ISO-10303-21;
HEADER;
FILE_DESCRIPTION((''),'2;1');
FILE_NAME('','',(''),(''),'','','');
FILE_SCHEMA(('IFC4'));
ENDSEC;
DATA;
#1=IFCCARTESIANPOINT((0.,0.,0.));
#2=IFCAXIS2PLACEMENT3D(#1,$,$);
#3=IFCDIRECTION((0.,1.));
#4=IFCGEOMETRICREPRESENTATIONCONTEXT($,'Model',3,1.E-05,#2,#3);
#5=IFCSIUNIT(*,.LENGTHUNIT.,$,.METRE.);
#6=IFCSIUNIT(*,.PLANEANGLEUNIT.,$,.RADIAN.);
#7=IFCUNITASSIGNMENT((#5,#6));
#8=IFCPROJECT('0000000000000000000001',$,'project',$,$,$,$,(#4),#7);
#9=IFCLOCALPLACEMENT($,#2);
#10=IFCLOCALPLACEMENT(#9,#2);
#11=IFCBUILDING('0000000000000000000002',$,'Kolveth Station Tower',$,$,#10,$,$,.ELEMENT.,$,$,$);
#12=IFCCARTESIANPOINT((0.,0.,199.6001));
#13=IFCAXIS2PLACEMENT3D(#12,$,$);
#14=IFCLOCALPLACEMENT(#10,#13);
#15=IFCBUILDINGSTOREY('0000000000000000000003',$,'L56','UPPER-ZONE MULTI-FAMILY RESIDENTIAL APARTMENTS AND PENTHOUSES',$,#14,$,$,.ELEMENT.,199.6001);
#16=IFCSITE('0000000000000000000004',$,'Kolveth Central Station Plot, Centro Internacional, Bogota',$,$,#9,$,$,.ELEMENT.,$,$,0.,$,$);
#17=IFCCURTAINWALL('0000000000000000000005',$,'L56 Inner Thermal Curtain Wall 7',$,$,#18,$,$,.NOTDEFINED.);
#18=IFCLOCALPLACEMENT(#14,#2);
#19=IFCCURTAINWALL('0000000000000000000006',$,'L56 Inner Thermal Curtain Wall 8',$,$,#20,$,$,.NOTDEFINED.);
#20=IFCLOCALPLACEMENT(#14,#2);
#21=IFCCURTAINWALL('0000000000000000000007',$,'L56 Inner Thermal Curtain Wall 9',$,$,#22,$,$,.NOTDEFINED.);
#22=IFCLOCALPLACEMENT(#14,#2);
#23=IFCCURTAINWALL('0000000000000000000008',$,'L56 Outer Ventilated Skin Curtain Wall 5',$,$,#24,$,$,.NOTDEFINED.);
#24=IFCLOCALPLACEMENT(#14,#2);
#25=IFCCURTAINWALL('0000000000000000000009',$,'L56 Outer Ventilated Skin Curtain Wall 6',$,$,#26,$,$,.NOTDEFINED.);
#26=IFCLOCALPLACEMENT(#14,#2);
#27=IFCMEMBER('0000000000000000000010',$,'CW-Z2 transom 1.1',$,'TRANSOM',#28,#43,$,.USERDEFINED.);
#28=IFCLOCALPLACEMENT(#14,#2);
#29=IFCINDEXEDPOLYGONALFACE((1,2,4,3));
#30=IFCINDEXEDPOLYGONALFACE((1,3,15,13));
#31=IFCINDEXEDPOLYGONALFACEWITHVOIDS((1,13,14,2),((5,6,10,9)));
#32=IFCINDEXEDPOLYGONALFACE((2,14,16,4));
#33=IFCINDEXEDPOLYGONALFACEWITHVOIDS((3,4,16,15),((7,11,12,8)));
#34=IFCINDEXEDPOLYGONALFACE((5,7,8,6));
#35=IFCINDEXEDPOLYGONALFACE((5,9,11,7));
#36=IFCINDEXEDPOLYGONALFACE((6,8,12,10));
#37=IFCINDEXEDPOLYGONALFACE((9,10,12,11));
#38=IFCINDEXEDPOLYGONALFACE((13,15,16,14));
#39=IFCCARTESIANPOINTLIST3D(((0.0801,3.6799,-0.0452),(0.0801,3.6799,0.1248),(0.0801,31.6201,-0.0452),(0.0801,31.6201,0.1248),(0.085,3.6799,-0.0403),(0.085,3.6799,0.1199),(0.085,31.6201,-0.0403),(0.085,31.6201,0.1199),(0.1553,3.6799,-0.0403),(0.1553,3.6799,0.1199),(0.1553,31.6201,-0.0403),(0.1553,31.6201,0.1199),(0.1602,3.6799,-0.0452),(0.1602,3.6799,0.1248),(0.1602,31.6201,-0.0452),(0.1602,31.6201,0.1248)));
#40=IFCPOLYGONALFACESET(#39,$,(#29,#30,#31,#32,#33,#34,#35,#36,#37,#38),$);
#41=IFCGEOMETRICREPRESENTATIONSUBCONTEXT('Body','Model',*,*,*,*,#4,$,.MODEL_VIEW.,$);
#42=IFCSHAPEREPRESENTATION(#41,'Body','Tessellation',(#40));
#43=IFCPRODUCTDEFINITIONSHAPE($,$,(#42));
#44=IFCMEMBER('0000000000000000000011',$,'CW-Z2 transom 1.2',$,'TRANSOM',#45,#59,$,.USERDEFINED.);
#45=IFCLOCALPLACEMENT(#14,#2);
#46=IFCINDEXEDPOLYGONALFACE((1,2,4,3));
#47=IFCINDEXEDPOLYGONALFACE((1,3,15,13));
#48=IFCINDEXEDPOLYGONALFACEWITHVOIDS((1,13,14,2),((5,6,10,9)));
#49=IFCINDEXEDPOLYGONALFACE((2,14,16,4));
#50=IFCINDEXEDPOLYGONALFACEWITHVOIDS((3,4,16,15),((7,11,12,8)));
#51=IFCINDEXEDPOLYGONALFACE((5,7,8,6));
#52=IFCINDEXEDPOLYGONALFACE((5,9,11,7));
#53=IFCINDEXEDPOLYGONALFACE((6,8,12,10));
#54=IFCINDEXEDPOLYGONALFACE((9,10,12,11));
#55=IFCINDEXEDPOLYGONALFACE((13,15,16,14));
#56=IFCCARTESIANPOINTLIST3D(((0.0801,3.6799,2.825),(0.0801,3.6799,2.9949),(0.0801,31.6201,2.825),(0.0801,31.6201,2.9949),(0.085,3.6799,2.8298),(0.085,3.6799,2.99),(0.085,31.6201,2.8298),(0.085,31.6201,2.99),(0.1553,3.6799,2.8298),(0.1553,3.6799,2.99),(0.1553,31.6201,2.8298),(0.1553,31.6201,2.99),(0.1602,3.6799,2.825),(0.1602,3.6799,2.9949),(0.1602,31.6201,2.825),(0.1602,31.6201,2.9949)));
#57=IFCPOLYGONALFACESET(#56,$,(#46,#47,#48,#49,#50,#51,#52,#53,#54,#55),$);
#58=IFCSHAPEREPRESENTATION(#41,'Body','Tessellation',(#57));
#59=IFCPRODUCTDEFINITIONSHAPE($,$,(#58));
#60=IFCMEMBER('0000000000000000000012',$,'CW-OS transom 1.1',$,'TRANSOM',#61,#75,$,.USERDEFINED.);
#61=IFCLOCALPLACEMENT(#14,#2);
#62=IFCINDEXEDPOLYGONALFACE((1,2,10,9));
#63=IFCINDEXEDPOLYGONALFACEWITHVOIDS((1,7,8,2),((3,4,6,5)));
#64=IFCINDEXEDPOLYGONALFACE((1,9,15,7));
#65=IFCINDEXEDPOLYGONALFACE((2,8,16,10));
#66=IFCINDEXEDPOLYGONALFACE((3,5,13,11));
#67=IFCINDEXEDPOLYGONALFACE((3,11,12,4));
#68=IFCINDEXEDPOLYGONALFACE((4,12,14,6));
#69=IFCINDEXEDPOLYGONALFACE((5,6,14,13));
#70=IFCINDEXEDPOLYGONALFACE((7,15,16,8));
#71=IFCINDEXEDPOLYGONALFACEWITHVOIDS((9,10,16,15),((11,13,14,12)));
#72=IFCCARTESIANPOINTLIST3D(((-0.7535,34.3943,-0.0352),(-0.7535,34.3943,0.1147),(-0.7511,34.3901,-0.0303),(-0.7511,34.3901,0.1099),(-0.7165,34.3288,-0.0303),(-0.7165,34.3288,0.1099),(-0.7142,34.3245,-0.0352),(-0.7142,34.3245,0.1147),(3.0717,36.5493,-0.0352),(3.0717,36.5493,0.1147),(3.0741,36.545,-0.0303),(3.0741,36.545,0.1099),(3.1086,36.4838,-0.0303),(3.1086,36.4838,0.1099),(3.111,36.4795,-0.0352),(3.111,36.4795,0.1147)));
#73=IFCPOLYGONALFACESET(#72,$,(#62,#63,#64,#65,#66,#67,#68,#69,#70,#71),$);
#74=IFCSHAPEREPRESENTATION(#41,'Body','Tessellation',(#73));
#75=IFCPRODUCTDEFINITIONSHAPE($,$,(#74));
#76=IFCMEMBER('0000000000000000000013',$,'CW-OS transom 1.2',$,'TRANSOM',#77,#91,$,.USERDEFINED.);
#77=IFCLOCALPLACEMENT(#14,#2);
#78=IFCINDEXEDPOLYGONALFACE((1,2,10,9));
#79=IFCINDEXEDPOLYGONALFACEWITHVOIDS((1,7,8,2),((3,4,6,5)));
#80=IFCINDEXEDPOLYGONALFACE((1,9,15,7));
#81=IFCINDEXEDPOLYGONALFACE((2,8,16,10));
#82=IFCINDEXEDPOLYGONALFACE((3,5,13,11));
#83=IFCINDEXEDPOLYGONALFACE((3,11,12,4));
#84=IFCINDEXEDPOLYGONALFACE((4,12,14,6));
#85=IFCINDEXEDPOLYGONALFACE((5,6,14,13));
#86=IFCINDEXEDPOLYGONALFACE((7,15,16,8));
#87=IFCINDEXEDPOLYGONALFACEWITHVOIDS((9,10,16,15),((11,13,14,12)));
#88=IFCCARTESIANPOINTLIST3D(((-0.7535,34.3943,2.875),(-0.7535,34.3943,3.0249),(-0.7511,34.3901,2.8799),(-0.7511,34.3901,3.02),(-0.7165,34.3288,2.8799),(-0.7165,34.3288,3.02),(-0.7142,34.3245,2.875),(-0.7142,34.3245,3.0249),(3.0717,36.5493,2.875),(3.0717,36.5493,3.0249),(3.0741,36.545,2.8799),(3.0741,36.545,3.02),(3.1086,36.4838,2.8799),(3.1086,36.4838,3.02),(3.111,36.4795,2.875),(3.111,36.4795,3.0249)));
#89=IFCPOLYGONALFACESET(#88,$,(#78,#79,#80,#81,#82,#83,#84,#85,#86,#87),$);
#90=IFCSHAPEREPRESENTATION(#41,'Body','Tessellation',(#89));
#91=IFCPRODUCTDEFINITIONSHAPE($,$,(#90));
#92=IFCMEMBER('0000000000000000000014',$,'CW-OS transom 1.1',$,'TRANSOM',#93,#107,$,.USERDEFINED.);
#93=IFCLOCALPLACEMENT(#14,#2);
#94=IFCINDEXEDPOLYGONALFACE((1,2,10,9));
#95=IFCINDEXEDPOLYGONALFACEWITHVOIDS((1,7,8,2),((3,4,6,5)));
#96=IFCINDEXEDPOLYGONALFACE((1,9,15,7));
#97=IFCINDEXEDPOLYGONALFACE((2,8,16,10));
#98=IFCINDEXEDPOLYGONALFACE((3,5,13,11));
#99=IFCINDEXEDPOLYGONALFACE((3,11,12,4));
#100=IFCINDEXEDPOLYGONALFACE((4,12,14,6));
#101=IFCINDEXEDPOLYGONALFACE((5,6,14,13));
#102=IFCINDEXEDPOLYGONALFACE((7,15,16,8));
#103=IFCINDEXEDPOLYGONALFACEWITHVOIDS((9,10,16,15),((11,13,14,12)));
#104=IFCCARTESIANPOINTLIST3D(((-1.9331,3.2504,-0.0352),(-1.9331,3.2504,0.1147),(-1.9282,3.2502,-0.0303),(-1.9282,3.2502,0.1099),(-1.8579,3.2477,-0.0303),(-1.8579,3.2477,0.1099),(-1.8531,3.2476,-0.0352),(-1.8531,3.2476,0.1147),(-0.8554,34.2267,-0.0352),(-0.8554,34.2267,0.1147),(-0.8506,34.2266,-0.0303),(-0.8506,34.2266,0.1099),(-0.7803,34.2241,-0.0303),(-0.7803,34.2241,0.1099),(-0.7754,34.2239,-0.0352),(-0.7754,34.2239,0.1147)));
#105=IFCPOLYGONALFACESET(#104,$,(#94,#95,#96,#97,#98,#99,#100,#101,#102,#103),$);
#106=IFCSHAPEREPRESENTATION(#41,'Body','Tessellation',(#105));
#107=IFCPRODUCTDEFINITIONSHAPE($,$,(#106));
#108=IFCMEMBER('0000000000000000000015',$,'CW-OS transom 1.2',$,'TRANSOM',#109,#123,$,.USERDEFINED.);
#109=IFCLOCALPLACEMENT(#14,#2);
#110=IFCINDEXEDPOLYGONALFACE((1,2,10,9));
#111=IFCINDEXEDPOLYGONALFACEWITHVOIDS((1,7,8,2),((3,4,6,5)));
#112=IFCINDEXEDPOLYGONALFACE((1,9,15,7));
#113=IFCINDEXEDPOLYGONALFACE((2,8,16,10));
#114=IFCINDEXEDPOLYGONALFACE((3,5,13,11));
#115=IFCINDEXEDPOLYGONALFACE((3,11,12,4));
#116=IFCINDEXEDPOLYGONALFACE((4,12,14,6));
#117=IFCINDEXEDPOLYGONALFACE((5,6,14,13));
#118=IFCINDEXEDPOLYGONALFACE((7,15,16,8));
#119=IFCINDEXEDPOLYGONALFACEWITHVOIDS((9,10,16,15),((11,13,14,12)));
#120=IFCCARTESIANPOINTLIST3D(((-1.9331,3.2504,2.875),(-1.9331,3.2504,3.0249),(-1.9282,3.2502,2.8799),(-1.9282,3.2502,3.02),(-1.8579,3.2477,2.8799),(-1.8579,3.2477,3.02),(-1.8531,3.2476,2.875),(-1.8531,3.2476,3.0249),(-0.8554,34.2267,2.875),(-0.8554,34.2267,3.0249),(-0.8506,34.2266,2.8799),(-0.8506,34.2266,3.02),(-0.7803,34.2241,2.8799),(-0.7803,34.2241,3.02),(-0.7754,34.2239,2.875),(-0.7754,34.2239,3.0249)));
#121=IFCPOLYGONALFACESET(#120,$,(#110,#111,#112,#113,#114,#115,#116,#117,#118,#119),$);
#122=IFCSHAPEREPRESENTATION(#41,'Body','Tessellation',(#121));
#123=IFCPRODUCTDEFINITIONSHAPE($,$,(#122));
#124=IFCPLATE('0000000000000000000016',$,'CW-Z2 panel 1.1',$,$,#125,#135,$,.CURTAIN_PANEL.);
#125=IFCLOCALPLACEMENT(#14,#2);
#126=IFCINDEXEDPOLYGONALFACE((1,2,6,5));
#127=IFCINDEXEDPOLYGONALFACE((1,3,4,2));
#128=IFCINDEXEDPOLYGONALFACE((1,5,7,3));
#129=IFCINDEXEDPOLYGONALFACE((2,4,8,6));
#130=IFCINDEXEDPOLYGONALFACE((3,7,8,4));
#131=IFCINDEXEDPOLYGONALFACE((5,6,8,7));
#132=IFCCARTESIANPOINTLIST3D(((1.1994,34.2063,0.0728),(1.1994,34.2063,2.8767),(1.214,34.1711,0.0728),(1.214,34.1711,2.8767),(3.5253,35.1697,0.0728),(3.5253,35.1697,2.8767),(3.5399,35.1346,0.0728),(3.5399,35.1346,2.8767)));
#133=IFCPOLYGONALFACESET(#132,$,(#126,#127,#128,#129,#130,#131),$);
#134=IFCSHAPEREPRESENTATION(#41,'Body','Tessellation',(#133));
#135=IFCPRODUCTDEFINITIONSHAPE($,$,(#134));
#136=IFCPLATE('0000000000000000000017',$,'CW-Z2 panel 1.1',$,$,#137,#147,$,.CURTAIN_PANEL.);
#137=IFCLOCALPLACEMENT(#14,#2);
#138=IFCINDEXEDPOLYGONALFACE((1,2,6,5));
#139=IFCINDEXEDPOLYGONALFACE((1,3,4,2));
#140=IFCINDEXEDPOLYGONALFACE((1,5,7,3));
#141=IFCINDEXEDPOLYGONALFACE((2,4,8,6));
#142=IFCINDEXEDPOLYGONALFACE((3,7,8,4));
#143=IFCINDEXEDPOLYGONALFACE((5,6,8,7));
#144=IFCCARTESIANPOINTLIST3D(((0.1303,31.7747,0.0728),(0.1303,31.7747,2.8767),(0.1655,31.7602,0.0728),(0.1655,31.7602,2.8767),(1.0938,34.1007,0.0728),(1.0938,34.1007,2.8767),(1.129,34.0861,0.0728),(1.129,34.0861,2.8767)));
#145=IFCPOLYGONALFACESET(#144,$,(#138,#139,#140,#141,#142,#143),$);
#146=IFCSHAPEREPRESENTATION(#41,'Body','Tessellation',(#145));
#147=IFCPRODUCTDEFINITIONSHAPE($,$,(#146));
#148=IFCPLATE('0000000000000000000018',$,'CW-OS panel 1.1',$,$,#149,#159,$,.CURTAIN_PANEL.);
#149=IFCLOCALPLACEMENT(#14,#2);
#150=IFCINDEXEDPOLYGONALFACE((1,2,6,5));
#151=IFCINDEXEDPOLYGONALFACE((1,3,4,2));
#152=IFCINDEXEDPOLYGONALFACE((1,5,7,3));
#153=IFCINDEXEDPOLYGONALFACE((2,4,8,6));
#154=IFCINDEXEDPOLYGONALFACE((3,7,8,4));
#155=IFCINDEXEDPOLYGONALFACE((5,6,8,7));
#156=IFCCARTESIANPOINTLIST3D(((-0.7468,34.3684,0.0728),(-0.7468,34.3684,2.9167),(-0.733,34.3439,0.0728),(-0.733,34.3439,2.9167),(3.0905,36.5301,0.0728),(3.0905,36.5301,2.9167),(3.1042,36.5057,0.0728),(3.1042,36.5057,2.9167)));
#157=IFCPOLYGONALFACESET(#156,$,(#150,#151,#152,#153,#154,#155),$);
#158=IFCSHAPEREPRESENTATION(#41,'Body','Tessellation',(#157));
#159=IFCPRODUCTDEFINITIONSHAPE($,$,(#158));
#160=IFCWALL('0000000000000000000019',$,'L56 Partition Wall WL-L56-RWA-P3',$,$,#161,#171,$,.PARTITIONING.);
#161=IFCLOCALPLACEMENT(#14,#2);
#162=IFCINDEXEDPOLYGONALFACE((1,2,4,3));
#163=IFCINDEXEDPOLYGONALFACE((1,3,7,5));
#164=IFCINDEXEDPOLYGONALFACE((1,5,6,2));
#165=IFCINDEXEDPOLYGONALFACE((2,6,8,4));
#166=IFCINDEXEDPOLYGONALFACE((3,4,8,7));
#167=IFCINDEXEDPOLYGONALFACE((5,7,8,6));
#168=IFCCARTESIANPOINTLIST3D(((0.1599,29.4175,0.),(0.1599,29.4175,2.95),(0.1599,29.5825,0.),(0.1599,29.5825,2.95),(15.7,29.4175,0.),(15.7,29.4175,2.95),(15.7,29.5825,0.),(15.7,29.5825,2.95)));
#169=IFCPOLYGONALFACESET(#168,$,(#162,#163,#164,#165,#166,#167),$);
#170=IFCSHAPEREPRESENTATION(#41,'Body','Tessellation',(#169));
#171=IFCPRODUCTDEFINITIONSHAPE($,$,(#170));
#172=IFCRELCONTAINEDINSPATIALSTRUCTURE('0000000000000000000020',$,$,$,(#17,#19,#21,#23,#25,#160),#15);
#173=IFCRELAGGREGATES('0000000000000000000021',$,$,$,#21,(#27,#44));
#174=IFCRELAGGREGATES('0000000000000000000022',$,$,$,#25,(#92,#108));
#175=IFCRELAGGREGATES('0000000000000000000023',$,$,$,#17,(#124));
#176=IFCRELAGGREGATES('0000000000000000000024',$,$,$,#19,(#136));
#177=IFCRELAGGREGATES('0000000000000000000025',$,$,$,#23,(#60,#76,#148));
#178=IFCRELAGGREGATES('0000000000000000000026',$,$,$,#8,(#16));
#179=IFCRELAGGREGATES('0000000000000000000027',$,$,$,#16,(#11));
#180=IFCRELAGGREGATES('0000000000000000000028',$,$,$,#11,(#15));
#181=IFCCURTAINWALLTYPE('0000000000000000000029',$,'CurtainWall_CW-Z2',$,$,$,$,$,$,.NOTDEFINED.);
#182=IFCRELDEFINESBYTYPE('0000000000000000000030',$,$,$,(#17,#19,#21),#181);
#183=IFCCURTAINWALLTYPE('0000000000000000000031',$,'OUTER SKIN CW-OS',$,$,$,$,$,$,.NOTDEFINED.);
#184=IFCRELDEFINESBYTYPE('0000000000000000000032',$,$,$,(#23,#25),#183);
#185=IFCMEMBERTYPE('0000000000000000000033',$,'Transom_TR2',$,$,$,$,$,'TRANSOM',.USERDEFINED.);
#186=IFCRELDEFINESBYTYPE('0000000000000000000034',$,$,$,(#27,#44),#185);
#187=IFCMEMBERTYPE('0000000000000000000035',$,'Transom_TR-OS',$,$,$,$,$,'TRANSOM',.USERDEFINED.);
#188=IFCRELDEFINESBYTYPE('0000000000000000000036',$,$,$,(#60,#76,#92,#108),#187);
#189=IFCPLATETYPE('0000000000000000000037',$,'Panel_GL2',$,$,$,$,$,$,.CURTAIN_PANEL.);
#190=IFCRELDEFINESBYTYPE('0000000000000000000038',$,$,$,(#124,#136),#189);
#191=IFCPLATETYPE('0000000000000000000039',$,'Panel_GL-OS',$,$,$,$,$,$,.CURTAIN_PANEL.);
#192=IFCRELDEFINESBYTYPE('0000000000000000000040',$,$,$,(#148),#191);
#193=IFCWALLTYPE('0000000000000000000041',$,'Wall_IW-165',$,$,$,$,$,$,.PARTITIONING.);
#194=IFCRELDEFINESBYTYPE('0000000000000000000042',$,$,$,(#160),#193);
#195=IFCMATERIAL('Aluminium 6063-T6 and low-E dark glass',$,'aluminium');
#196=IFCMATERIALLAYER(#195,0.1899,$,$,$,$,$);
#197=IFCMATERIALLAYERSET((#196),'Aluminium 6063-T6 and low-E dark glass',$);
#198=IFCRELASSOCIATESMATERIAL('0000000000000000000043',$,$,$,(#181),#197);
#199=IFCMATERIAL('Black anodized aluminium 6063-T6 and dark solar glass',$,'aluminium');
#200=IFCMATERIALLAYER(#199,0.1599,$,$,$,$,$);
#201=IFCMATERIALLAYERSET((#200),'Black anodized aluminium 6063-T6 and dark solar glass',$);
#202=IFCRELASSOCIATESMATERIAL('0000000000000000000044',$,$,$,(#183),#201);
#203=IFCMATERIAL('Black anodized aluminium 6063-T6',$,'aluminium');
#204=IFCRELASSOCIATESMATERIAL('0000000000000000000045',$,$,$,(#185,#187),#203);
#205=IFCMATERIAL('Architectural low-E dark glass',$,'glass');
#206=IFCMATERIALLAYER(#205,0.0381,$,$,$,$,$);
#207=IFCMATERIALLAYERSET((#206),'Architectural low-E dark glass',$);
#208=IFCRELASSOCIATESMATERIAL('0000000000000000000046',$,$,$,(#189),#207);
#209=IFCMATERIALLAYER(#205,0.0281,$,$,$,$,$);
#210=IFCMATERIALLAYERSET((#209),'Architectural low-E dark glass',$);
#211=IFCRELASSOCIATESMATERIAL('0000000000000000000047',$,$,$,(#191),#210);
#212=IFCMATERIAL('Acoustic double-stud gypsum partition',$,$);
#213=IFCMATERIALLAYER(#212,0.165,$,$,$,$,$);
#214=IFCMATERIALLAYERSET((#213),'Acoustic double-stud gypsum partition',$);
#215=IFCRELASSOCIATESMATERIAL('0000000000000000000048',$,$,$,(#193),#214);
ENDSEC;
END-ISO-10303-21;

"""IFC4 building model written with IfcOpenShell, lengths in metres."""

from ifc_helpers import new_model, si_unit, direction, frame, frame_2d, origin, origin_2d, place, context, subcontext, project, spatial, rectangle, hollow_rectangle, extrude, source, transform, mapped, material, layer, layer_set, material_profile, profile_set, type_object, element, aggregate, save


model = new_model("IFC4")

# Units and contexts
model_context = context("Model", 3, precision=1e-05, world=origin(), true_north=direction((0.0, 1.0)))
body_context = subcontext(model_context, "Body", "Model", "MODEL_VIEW")
ifc_project = project(units=[si_unit("LENGTHUNIT", "METRE"), si_unit("PLANEANGLEUNIT", "RADIAN")], contexts=[model_context])

# Site, building, storey
site_placement = place(None, origin())
site = spatial("IfcSite", under=ifc_project, at=site_placement, Name="Kolveth Central Station Plot, Centro Internacional, Bogota", CompositionType="ELEMENT", RefElevation=0.0)
building_placement = place(site_placement, origin())
building = spatial("IfcBuilding", under=site, at=building_placement, Name="Kolveth Station Tower", CompositionType="ELEMENT")
storey_placement = place(building_placement, frame((0.0, 0.0, 199.6001)))
storey = spatial("IfcBuildingStorey", under=building, at=storey_placement, Name="L56", Description="UPPER-ZONE MULTI-FAMILY RESIDENTIAL APARTMENTS AND PENTHOUSES", CompositionType="ELEMENT", Elevation=199.6001)

# Curtain wall
ifc_material_1 = material(Name="Aluminium 6063-T6 and low-E dark glass", Category="aluminium")
ifc_layer_1 = layer(ifc_material_1, 0.1899)
ifc_layer_set_1 = layer_set([ifc_layer_1], Name="Aluminium 6063-T6 and low-E dark glass")
curtain_wall_type_1 = type_object("IfcCurtainWallType", Name="CurtainWall_CW-Z2", PredefinedType="NOTDEFINED", material=ifc_layer_set_1)
curtain_wall_1_placement = place(storey_placement, origin())
curtain_wall_1 = element("IfcCurtainWall", 1, at=curtain_wall_1_placement, inside=storey, type_object=curtain_wall_type_1, Name="L56 Inner Thermal Curtain Wall 7", PredefinedType="NOTDEFINED")
ifc_material_2 = material(Name="Black anodized aluminium 6063-T6", Category="aluminium")

# Curtain wall
curtain_wall_2_placement = place(storey_placement, origin())
curtain_wall_2 = element("IfcCurtainWall", 2, at=curtain_wall_2_placement, inside=storey, type_object=curtain_wall_type_1, Name="L56 Inner Thermal Curtain Wall 8", PredefinedType="NOTDEFINED")

# Curtain wall
curtain_wall_3_placement = place(storey_placement, origin())
curtain_wall_3 = element("IfcCurtainWall", 3, at=curtain_wall_3_placement, inside=storey, type_object=curtain_wall_type_1, Name="L56 Inner Thermal Curtain Wall 9", PredefinedType="NOTDEFINED")
ifc_material_3 = material(Name="Black anodized aluminium 6063-T6 and dark solar glass", Category="aluminium")
ifc_layer_2 = layer(ifc_material_3, 0.1599)
ifc_layer_set_2 = layer_set([ifc_layer_2], Name="Black anodized aluminium 6063-T6 and dark solar glass")
curtain_wall_type_2 = type_object("IfcCurtainWallType", Name="OUTER SKIN CW-OS", PredefinedType="NOTDEFINED", material=ifc_layer_set_2)

# Curtain wall
curtain_wall_4_placement = place(storey_placement, origin())
curtain_wall_4 = element("IfcCurtainWall", 4, at=curtain_wall_4_placement, inside=storey, type_object=curtain_wall_type_2, Name="L56 Outer Ventilated Skin Curtain Wall 5", PredefinedType="NOTDEFINED")

# Curtain wall
curtain_wall_5_placement = place(storey_placement, origin())
curtain_wall_5 = element("IfcCurtainWall", 5, at=curtain_wall_5_placement, inside=storey, type_object=curtain_wall_type_2, Name="L56 Outer Ventilated Skin Curtain Wall 6", PredefinedType="NOTDEFINED")

# Members
ifc_material_profile_1 = material_profile(ifc_material_2, hollow_rectangle(XDim=0.0801, YDim=0.1699, WallThickness=0.0049, at=origin_2d()), Name="ALU-80x170x5")
ifc_profile_set_1 = profile_set([ifc_material_profile_1], Name="Black anodized aluminium 6063-T6")
member_type_1 = type_object("IfcMemberType", Name="Transom_TR2", ElementType="TRANSOM", PredefinedType="USERDEFINED", material=ifc_profile_set_1)
shared_shape_1 = source(origin(), body_context, "Body", "SweptSolid", [
    extrude(hollow_rectangle(XDim=0.0801, YDim=0.1699, WallThickness=0.0049, at=origin_2d()), origin(), (0.0, 0.0, 1.0), 27.9402),
])
member_1_placement = place(storey_placement, frame((0.1201, 31.6201, 0.0398), z_axis=(0.0, -1.0, 0.0), x_axis=(1.0, 0.0, 0.0)))
member_1 = element("IfcMember", 6, at=member_1_placement, type_object=member_type_1, Name="CW-Z2 transom 1.1", ObjectType="TRANSOM", PredefinedType="USERDEFINED", context=body_context, shape_type="MappedRepresentation", body=[
    mapped(shared_shape_1, transform((0.0, 0.0, 0.0), x_axis=(1.0, 0.0, 0.0), y_axis=(0.0, 1.0, 0.0), z_axis=(0.0, 0.0, 1.0), scale=1.0)),
])
member_2_placement = place(storey_placement, frame((0.1201, 31.6201, 2.9099), z_axis=(0.0, -1.0, 0.0), x_axis=(1.0, 0.0, 0.0)))
member_2 = element("IfcMember", 7, at=member_2_placement, type_object=member_type_1, Name="CW-Z2 transom 1.2", ObjectType="TRANSOM", PredefinedType="USERDEFINED", context=body_context, shape_type="MappedRepresentation", body=[
    mapped(shared_shape_1, transform((0.0, 0.0, 0.0), x_axis=(1.0, 0.0, 0.0), y_axis=(0.0, 1.0, 0.0), z_axis=(0.0, 0.0, 1.0), scale=1.0)),
])
aggregate(curtain_wall_3, [member_1, member_2])
ifc_material_profile_2 = material_profile(ifc_material_2, hollow_rectangle(XDim=0.0801, YDim=0.1499, WallThickness=0.0049, at=origin_2d()), Name="ALU-80x150x5")
ifc_profile_set_2 = profile_set([ifc_material_profile_2], Name="Black anodized aluminium 6063-T6")
member_type_2 = type_object("IfcMemberType", Name="Transom_TR-OS", ElementType="TRANSOM", PredefinedType="USERDEFINED", material=ifc_profile_set_2)
shared_shape_2 = source(origin(), body_context, "Body", "SweptSolid", [
    extrude(hollow_rectangle(XDim=0.0801, YDim=0.1499, WallThickness=0.0049, at=origin_2d()), origin(), (0.0, 0.0, 1.0), 4.3904),
])
member_3_placement = place(storey_placement, frame((3.0913, 36.5144, 0.0398), z_axis=(-0.871249, -0.490842, 0.0), x_axis=(0.490842, -0.871249, 0.0)))
member_3 = element("IfcMember", 8, at=member_3_placement, type_object=member_type_2, Name="CW-OS transom 1.1", ObjectType="TRANSOM", PredefinedType="USERDEFINED", context=body_context, shape_type="MappedRepresentation", body=[
    mapped(shared_shape_2, transform((0.0, 0.0, 0.0), x_axis=(1.0, 0.0, 0.0), y_axis=(0.0, 1.0, 0.0), z_axis=(0.0, 0.0, 1.0), scale=1.0)),
])
member_4_placement = place(storey_placement, frame((3.0913, 36.5144, 2.95), z_axis=(-0.871249, -0.490842, 0.0), x_axis=(0.490842, -0.871249, 0.0)))
member_4 = element("IfcMember", 9, at=member_4_placement, type_object=member_type_2, Name="CW-OS transom 1.2", ObjectType="TRANSOM", PredefinedType="USERDEFINED", context=body_context, shape_type="MappedRepresentation", body=[
    mapped(shared_shape_2, transform((0.0, 0.0, 0.0), x_axis=(1.0, 0.0, 0.0), y_axis=(0.0, 1.0, 0.0), z_axis=(0.0, 0.0, 1.0), scale=1.0)),
])
shared_shape_3 = source(origin(), body_context, "Body", "SweptSolid", [
    extrude(hollow_rectangle(XDim=0.0801, YDim=0.1499, WallThickness=0.0049, at=origin_2d()), origin(), (0.0, 0.0, 1.0), 30.9951),
])
member_5_placement = place(storey_placement, frame((-0.8154, 34.2253, 0.0398), z_axis=(-0.034768, -0.999395, 0.0), x_axis=(0.999395, -0.034768, 0.0)))
member_5 = element("IfcMember", 10, at=member_5_placement, type_object=member_type_2, Name="CW-OS transom 1.1", ObjectType="TRANSOM", PredefinedType="USERDEFINED", context=body_context, shape_type="MappedRepresentation", body=[
    mapped(shared_shape_3, transform((0.0, 0.0, 0.0), x_axis=(1.0, 0.0, 0.0), y_axis=(0.0, 1.0, 0.0), z_axis=(0.0, 0.0, 1.0), scale=1.0)),
])
member_6_placement = place(storey_placement, frame((-0.8154, 34.2253, 2.95), z_axis=(-0.034768, -0.999395, 0.0), x_axis=(0.999395, -0.034768, 0.0)))
member_6 = element("IfcMember", 11, at=member_6_placement, type_object=member_type_2, Name="CW-OS transom 1.2", ObjectType="TRANSOM", PredefinedType="USERDEFINED", context=body_context, shape_type="MappedRepresentation", body=[
    mapped(shared_shape_3, transform((0.0, 0.0, 0.0), x_axis=(1.0, 0.0, 0.0), y_axis=(0.0, 1.0, 0.0), z_axis=(0.0, 0.0, 1.0), scale=1.0)),
])
aggregate(curtain_wall_5, [member_5, member_6])

# Plates
ifc_material_4 = material(Name="Architectural low-E dark glass", Category="glass")
ifc_layer_3 = layer(ifc_material_4, 0.0381)
ifc_layer_set_3 = layer_set([ifc_layer_3], Name="Architectural low-E dark glass")
plate_type_1 = type_object("IfcPlateType", Name="Panel_GL2", PredefinedType="CURTAIN_PANEL", material=ifc_layer_set_3)
shared_shape_4 = source(origin(), body_context, "Body", "SweptSolid", [
    extrude(rectangle(XDim=2.5176, YDim=0.0381, at=origin_2d()), origin(), (0.0, 0.0, 1.0), 2.804),
])
plate_1_placement = place(storey_placement, frame((2.3696, 34.6704, 0.0728), z_axis=(0.0, 0.0, 1.0), x_axis=(-0.923874, -0.382698, 0.0)))
plate_1 = element("IfcPlate", 12, at=plate_1_placement, type_object=plate_type_1, Name="CW-Z2 panel 1.1", PredefinedType="CURTAIN_PANEL", context=body_context, shape_type="MappedRepresentation", body=[
    mapped(shared_shape_4, transform((0.0, 0.0, 0.0), x_axis=(1.0, 0.0, 0.0), y_axis=(0.0, 1.0, 0.0), z_axis=(0.0, 0.0, 1.0), scale=1.0)),
])
aggregate(curtain_wall_1, [plate_1])
plate_2_placement = place(storey_placement, frame((0.6296, 32.9304, 0.0728), z_axis=(0.0, 0.0, 1.0), x_axis=(-0.382698, -0.923874, 0.0)))
plate_2 = element("IfcPlate", 13, at=plate_2_placement, type_object=plate_type_1, Name="CW-Z2 panel 1.1", PredefinedType="CURTAIN_PANEL", context=body_context, shape_type="MappedRepresentation", body=[
    mapped(shared_shape_4, transform((0.0, 0.0, 0.0), x_axis=(1.0, 0.0, 0.0), y_axis=(0.0, 1.0, 0.0), z_axis=(0.0, 0.0, 1.0), scale=1.0)),
])
aggregate(curtain_wall_2, [plate_2])
ifc_layer_4 = layer(ifc_material_4, 0.0281)
ifc_layer_set_4 = layer_set([ifc_layer_4], Name="Architectural low-E dark glass")
plate_type_2 = type_object("IfcPlateType", Name="Panel_GL-OS", PredefinedType="CURTAIN_PANEL", material=ifc_layer_set_4)
shared_shape_5 = source(origin(), body_context, "Body", "SweptSolid", [
    extrude(rectangle(XDim=4.4043, YDim=0.0281, at=origin_2d()), origin(), (0.0, 0.0, 1.0), 2.844),
])
plate_3_placement = place(storey_placement, frame((1.1787, 35.437, 0.0728), z_axis=(0.0, 0.0, 1.0), x_axis=(-0.871255, -0.49083, 0.0)))
plate_3 = element("IfcPlate", 14, at=plate_3_placement, type_object=plate_type_2, Name="CW-OS panel 1.1", PredefinedType="CURTAIN_PANEL", context=body_context, shape_type="MappedRepresentation", body=[
    mapped(shared_shape_5, transform((0.0, 0.0, 0.0), x_axis=(1.0, 0.0, 0.0), y_axis=(0.0, 1.0, 0.0), z_axis=(0.0, 0.0, 1.0), scale=1.0)),
])
aggregate(curtain_wall_4, [member_3, member_4, plate_3])

# Wall
ifc_material_5 = material(Name="Acoustic double-stud gypsum partition")
ifc_layer_5 = layer(ifc_material_5, 0.165)
ifc_layer_set_5 = layer_set([ifc_layer_5], Name="Acoustic double-stud gypsum partition")
wall_type = type_object("IfcWallType", Name="Wall_IW-165", PredefinedType="PARTITIONING", material=ifc_layer_set_5)
wall_placement = place(storey_placement, frame((0.1599, 29.5, 0.0), z_axis=(0.0, 0.0, 1.0), x_axis=(1.0, 0.0, 0.0)))
element("IfcWall", 15, at=wall_placement, inside=storey, type_object=wall_type, Name="L56 Partition Wall WL-L56-RWA-P3", PredefinedType="PARTITIONING", context=body_context, shape_type="SweptSolid", body=[
    extrude(rectangle(XDim=15.54, YDim=0.165, at=frame_2d((7.77, 0.0))), origin(), (0.0, 0.0, 1.0), 2.95),
])

save(model, "model.ifc")
